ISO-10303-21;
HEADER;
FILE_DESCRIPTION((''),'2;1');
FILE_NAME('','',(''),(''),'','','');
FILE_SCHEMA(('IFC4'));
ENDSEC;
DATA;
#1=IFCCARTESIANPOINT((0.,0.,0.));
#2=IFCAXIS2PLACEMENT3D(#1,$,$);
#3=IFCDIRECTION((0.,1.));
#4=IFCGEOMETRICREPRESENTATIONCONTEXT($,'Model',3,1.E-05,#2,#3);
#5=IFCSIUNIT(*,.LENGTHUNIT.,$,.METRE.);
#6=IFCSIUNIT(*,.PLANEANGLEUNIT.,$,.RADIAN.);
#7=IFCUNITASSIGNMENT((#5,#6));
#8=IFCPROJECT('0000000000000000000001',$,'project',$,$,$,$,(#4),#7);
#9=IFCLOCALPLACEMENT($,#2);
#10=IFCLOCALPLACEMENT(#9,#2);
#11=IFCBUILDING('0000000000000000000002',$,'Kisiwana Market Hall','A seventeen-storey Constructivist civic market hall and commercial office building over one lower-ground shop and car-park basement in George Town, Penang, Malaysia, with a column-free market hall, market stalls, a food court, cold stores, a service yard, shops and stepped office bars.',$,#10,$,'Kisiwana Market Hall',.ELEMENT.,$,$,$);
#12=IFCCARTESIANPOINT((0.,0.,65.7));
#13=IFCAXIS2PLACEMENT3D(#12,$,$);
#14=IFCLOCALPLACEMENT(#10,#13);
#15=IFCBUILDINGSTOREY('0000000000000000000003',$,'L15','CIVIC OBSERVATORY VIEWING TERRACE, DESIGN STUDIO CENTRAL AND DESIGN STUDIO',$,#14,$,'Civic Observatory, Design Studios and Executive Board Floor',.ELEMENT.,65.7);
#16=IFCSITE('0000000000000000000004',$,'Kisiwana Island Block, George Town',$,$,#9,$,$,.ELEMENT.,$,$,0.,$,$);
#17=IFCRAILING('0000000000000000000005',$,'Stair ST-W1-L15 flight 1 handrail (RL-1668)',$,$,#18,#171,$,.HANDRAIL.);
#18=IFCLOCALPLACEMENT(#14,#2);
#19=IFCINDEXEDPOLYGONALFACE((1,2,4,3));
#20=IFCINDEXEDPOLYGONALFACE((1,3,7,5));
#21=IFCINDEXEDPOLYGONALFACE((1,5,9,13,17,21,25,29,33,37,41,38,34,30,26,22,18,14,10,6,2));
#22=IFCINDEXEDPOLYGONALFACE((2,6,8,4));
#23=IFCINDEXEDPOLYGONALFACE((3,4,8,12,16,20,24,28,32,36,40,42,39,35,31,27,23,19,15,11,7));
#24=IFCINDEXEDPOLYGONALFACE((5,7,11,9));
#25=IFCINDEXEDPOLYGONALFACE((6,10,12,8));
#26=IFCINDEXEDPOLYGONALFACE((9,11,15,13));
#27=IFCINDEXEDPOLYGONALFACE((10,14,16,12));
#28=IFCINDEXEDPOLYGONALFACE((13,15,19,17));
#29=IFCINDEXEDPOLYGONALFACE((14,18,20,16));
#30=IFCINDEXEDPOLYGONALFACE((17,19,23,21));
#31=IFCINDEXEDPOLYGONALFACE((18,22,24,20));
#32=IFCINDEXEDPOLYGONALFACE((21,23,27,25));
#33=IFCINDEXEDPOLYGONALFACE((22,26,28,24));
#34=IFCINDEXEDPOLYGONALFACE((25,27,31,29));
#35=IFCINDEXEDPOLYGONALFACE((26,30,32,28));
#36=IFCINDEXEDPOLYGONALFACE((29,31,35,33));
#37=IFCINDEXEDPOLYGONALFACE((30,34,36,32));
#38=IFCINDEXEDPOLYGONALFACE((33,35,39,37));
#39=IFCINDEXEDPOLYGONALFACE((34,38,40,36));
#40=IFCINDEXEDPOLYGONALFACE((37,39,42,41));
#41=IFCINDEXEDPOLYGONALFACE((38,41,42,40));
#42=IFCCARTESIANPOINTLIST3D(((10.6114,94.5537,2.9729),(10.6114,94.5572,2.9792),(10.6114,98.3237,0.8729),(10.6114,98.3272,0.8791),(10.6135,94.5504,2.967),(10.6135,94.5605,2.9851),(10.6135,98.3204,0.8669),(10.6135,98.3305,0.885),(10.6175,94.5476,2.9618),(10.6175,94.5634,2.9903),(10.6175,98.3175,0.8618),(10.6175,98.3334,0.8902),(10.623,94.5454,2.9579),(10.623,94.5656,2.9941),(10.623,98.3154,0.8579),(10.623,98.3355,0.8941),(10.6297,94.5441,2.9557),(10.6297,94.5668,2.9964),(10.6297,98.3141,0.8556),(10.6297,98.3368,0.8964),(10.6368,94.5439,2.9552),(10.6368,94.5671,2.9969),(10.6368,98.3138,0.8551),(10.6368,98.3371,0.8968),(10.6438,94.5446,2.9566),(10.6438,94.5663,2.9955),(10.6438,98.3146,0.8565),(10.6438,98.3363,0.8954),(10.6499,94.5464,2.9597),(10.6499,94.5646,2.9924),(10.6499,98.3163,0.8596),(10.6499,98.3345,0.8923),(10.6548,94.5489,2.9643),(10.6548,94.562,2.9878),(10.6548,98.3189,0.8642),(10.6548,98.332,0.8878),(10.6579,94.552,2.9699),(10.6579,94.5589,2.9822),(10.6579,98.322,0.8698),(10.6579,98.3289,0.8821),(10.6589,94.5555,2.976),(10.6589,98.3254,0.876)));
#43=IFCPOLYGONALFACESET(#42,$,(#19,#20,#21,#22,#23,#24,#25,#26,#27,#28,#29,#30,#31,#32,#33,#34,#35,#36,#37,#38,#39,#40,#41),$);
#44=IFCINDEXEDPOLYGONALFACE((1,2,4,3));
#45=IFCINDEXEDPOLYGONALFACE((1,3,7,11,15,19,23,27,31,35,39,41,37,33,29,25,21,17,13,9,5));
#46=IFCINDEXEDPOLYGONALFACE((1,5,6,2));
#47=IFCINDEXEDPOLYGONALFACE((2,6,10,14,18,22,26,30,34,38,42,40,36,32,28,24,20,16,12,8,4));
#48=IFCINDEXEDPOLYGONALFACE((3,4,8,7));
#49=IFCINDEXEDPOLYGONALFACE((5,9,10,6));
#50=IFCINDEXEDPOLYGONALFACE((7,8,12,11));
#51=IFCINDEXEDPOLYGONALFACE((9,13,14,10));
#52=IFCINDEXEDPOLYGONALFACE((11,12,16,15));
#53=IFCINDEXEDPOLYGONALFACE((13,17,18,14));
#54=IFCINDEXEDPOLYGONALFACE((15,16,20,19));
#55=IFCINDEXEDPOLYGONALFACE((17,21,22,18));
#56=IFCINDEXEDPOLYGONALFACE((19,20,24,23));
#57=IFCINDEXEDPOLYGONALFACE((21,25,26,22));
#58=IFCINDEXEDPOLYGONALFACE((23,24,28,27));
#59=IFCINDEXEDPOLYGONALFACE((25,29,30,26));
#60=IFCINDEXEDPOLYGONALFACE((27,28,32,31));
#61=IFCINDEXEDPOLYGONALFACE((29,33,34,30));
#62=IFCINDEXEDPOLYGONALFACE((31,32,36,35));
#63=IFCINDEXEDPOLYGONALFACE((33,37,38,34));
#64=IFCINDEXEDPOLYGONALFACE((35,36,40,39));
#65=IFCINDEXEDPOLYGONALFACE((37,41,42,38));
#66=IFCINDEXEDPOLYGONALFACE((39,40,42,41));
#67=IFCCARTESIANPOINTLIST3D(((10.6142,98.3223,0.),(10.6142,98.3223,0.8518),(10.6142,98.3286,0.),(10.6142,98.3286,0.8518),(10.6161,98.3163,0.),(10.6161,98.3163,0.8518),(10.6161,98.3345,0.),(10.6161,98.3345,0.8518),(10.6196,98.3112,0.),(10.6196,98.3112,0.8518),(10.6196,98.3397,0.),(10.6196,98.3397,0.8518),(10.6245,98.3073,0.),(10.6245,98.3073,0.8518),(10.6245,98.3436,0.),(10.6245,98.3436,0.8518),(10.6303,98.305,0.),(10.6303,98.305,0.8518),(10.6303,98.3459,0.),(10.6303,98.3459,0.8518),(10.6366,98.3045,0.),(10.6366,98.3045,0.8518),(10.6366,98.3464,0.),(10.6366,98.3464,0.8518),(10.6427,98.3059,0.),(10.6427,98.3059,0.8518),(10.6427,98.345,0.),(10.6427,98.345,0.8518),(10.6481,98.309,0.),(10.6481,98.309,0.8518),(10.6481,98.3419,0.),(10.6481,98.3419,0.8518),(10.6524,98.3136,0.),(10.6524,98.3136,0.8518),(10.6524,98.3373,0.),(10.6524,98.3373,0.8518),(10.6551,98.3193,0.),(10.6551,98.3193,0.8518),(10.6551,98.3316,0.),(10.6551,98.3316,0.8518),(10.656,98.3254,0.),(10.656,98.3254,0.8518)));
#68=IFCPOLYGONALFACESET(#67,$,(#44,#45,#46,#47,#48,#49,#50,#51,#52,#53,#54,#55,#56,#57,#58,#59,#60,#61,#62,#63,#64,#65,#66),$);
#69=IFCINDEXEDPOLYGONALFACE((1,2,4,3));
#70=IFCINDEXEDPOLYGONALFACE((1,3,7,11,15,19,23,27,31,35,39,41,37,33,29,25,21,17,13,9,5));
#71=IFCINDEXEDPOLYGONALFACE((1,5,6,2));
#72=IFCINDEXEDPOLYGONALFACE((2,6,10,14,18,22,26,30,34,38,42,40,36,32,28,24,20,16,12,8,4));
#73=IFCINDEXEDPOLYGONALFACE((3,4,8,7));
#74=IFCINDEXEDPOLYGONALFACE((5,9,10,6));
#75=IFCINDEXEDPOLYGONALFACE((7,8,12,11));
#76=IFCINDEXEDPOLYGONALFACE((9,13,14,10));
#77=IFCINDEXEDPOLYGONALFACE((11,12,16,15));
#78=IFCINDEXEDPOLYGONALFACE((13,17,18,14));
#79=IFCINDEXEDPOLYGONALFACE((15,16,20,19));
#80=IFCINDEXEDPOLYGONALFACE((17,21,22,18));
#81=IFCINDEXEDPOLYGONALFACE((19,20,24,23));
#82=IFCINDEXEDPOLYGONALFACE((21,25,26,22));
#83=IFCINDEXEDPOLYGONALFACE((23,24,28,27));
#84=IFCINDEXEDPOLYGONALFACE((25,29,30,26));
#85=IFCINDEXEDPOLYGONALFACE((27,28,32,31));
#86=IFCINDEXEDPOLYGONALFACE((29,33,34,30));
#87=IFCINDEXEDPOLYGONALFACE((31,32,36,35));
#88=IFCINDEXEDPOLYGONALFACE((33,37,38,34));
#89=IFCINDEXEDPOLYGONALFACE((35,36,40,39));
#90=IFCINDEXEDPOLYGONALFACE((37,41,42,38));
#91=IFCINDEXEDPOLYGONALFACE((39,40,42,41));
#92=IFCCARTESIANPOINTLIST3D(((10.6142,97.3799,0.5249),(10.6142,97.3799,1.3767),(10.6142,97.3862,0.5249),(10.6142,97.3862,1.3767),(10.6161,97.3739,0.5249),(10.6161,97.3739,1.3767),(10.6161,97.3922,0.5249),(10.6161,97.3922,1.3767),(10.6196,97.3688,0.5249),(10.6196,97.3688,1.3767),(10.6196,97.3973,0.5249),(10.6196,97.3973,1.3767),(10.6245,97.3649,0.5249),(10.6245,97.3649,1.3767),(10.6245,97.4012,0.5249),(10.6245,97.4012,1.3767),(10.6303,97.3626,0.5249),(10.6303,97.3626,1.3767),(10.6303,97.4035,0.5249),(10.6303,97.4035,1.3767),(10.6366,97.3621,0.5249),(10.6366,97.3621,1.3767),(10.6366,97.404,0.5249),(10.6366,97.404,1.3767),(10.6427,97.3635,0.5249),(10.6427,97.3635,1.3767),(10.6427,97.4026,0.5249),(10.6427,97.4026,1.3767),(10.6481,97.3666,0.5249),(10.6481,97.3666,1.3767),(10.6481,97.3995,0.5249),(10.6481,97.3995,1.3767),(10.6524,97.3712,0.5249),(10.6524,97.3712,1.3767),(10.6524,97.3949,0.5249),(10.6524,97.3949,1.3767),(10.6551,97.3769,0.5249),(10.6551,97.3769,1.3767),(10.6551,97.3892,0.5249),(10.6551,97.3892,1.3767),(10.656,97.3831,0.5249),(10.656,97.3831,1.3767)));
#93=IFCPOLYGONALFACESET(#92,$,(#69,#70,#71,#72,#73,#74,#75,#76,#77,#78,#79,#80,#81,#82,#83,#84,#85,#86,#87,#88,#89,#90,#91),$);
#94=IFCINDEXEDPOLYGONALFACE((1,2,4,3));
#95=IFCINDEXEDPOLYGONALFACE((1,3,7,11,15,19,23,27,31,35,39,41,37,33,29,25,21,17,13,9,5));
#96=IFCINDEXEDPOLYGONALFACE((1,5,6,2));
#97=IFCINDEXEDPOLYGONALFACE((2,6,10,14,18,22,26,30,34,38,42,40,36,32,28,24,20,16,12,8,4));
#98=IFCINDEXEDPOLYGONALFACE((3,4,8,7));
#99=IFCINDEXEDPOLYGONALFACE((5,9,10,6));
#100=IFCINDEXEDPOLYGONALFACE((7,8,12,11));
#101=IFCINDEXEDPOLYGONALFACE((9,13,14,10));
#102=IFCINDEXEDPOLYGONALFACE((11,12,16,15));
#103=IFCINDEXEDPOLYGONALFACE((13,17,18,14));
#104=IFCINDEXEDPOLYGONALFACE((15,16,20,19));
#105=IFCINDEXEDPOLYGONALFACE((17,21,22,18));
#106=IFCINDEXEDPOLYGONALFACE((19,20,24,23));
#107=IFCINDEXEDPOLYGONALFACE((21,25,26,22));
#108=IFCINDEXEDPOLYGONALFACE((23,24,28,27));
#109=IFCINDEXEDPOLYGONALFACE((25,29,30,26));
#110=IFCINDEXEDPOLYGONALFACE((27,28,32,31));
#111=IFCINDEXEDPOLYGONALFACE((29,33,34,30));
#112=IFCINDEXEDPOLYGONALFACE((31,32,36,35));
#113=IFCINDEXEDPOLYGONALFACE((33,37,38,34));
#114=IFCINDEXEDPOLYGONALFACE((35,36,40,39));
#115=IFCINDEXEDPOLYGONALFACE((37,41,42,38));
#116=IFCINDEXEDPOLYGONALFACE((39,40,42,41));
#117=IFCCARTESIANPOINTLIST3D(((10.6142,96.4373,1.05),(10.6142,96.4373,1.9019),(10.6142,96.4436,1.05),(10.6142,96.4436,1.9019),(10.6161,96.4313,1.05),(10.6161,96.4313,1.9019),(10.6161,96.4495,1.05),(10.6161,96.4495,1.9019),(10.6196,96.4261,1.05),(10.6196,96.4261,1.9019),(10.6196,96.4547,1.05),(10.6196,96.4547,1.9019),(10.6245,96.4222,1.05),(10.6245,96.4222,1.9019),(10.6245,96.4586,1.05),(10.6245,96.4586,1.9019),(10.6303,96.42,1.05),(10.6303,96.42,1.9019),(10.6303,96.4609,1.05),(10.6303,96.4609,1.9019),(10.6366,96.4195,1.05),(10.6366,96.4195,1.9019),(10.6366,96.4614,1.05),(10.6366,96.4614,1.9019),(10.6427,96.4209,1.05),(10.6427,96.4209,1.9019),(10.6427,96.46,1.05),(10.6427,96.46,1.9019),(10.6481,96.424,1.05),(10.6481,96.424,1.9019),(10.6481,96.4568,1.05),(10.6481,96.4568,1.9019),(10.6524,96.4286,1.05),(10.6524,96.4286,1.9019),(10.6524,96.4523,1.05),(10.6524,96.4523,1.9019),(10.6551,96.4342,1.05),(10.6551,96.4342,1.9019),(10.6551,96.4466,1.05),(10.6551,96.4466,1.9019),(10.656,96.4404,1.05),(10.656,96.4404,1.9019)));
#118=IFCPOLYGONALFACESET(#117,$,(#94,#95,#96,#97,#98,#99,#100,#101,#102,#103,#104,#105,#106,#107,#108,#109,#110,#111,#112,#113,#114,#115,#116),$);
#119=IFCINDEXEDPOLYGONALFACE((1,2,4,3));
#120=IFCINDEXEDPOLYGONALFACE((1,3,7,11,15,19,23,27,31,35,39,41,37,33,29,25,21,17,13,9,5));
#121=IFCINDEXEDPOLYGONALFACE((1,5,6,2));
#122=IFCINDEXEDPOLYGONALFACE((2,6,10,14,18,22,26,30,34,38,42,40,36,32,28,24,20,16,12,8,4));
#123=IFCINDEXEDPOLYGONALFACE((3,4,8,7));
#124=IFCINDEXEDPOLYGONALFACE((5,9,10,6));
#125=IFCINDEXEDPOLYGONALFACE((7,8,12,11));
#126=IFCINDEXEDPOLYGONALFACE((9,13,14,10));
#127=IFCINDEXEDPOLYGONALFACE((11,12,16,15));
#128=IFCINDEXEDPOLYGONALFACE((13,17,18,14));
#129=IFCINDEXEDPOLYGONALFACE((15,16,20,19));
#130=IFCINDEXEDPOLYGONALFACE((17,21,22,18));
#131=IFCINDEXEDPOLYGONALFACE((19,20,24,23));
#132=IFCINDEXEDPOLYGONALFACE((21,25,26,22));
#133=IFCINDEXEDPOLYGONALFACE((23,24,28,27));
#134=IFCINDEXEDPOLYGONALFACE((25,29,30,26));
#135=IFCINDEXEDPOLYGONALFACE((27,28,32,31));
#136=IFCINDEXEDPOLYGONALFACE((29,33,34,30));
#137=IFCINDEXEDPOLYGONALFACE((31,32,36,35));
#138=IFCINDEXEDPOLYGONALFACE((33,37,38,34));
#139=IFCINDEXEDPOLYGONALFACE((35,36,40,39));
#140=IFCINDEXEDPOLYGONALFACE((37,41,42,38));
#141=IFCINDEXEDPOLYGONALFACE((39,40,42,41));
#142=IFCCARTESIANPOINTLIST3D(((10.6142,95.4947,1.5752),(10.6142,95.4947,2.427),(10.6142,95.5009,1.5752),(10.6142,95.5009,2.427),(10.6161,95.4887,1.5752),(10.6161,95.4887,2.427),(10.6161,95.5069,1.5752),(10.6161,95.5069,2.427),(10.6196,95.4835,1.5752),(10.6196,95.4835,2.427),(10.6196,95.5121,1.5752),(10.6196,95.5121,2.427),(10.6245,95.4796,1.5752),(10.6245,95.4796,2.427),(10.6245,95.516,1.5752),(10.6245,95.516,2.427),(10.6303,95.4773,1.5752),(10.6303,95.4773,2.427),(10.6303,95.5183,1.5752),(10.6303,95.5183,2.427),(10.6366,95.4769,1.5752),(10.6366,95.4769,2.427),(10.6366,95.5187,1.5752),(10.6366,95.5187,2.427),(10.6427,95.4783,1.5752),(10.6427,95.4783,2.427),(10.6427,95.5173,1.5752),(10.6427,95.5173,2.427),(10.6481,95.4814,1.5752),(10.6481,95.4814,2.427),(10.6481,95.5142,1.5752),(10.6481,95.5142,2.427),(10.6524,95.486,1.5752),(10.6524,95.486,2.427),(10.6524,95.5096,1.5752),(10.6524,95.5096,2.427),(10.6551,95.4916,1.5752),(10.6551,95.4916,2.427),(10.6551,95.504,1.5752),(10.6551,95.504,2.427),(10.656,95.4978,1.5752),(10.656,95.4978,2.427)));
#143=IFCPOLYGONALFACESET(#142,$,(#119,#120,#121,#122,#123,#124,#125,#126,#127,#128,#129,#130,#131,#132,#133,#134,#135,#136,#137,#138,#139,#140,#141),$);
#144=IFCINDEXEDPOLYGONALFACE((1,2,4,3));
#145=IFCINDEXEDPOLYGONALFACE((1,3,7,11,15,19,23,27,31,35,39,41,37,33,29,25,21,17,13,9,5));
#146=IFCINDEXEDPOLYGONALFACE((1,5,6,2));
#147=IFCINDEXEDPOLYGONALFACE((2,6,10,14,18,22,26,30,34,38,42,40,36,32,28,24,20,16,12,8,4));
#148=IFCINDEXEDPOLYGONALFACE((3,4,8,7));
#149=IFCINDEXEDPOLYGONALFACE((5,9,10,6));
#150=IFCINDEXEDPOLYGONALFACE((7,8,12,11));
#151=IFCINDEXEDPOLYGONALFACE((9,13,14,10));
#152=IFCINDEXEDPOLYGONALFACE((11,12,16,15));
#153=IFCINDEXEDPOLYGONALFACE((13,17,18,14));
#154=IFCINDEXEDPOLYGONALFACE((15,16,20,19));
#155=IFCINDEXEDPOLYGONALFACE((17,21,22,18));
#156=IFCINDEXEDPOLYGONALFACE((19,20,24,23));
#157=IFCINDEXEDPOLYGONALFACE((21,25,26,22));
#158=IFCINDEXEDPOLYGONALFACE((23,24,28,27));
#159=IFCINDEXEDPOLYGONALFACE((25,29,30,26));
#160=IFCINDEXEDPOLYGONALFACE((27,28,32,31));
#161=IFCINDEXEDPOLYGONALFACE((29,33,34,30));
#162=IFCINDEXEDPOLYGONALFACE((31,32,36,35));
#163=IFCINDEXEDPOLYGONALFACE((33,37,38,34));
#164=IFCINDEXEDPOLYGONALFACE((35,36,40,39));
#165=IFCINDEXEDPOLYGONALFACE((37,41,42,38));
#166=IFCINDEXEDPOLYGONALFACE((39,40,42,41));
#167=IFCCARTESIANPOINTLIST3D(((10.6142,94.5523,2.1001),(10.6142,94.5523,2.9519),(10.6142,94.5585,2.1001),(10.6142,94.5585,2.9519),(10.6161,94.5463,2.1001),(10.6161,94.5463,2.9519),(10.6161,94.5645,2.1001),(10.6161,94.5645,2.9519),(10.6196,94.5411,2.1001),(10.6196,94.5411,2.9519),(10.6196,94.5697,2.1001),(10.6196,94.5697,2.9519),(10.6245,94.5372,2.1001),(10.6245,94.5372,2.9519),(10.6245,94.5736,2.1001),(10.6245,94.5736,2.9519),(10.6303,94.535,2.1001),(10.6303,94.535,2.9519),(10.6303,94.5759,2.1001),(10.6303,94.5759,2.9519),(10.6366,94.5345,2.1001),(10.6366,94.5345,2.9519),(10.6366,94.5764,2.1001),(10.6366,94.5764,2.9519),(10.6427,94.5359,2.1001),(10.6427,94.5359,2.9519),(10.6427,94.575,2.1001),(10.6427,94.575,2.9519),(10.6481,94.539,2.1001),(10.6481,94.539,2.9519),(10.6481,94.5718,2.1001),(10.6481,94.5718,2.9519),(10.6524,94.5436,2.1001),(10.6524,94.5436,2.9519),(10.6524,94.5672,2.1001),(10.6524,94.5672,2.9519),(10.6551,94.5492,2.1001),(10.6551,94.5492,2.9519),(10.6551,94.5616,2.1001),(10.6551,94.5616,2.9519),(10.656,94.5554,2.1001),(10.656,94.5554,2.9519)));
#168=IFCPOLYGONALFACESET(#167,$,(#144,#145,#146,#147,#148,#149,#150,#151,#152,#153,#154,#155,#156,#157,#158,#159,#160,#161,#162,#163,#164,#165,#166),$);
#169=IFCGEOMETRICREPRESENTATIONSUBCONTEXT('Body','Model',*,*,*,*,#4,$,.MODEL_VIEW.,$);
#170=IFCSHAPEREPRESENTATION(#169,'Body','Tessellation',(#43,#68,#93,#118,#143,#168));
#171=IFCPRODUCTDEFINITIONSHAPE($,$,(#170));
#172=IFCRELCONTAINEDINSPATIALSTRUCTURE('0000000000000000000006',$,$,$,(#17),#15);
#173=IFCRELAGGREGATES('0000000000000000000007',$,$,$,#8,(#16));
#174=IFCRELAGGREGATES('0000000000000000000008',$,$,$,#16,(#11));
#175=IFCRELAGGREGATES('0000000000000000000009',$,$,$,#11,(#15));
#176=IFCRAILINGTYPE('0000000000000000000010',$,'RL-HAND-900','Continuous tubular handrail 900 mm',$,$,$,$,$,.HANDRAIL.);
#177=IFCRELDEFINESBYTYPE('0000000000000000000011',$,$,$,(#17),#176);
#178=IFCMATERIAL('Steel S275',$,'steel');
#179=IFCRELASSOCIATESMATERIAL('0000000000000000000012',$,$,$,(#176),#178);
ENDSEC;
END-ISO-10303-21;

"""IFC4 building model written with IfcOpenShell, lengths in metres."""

from ifc_helpers import new_model, si_unit, direction, frame, origin, origin_2d, place, context, subcontext, project, spatial, circle, extrude, material, type_object, element, save


model = new_model("IFC4")

# Units and contexts
model_context = context("Model", 3, precision=1e-05, world=origin(), true_north=direction((0.0, 1.0)))
body_context = subcontext(model_context, "Body", "Model", "MODEL_VIEW")
ifc_project = project(units=[si_unit("LENGTHUNIT", "METRE"), si_unit("PLANEANGLEUNIT", "RADIAN")], contexts=[model_context])

# Site, building, storey
site_placement = place(None, origin())
site = spatial("IfcSite", under=ifc_project, at=site_placement, Name="Kisiwana Island Block, George Town", CompositionType="ELEMENT", RefElevation=0.0)
building_placement = place(site_placement, origin())
building = spatial("IfcBuilding", under=site, at=building_placement, Name="Kisiwana Market Hall", Description="A seventeen-storey Constructivist civic market hall and commercial office building over one lower-ground shop and car-park basement in George Town, Penang, Malaysia, with a column-free market hall, market stalls, a food court, cold stores, a service yard, shops and stepped office bars.", LongName="Kisiwana Market Hall", CompositionType="ELEMENT")
storey_placement = place(building_placement, frame((0.0, 0.0, 65.7)))
storey = spatial("IfcBuildingStorey", under=building, at=storey_placement, Name="L15", Description="CIVIC OBSERVATORY VIEWING TERRACE, DESIGN STUDIO CENTRAL AND DESIGN STUDIO", LongName="Civic Observatory, Design Studios and Executive Board Floor", CompositionType="ELEMENT", Elevation=65.7)

# Railing
ifc_material_1 = material(Name="Steel S275", Category="steel")
railing_type_1 = type_object("IfcRailingType", Name="RL-HAND-900", Description="Continuous tubular handrail 900 mm", PredefinedType="HANDRAIL", material=ifc_material_1)
railing_1_placement = place(storey_placement, frame((10.635, 98.3254, 0.0)))
element("IfcRailing", 1, at=railing_1_placement, inside=storey, type_object=railing_type_1, Name="Stair ST-W1-L15 flight 1 handrail (RL-1668)", PredefinedType="HANDRAIL", context=body_context, shape_type="SweptSolid", body=[
    extrude(circle(Radius=0.0239, at=origin_2d()), frame((0.0, 0.0, 0.876), z_axis=(0.0, -0.873602, 0.486642), x_axis=(1.0, 0.0, 0.0)), (0.0, 0.0, 1.0), 4.3154),
    extrude(circle(Radius=0.021, at=origin_2d()), origin(), (0.0, 0.0, 1.0), 0.8518),
    extrude(circle(Radius=0.021, at=origin_2d()), frame((0.0, -0.9424, 0.5249)), (0.0, 0.0, 1.0), 0.8518),
    extrude(circle(Radius=0.021, at=origin_2d()), frame((0.0, -1.885, 1.05)), (0.0, 0.0, 1.0), 0.8518),
    extrude(circle(Radius=0.021, at=origin_2d()), frame((0.0, -2.8276, 1.5752)), (0.0, 0.0, 1.0), 0.8518),
    extrude(circle(Radius=0.021, at=origin_2d()), frame((0.0, -3.77, 2.1001)), (0.0, 0.0, 1.0), 0.8518),
])

save(model, "model.ifc")
